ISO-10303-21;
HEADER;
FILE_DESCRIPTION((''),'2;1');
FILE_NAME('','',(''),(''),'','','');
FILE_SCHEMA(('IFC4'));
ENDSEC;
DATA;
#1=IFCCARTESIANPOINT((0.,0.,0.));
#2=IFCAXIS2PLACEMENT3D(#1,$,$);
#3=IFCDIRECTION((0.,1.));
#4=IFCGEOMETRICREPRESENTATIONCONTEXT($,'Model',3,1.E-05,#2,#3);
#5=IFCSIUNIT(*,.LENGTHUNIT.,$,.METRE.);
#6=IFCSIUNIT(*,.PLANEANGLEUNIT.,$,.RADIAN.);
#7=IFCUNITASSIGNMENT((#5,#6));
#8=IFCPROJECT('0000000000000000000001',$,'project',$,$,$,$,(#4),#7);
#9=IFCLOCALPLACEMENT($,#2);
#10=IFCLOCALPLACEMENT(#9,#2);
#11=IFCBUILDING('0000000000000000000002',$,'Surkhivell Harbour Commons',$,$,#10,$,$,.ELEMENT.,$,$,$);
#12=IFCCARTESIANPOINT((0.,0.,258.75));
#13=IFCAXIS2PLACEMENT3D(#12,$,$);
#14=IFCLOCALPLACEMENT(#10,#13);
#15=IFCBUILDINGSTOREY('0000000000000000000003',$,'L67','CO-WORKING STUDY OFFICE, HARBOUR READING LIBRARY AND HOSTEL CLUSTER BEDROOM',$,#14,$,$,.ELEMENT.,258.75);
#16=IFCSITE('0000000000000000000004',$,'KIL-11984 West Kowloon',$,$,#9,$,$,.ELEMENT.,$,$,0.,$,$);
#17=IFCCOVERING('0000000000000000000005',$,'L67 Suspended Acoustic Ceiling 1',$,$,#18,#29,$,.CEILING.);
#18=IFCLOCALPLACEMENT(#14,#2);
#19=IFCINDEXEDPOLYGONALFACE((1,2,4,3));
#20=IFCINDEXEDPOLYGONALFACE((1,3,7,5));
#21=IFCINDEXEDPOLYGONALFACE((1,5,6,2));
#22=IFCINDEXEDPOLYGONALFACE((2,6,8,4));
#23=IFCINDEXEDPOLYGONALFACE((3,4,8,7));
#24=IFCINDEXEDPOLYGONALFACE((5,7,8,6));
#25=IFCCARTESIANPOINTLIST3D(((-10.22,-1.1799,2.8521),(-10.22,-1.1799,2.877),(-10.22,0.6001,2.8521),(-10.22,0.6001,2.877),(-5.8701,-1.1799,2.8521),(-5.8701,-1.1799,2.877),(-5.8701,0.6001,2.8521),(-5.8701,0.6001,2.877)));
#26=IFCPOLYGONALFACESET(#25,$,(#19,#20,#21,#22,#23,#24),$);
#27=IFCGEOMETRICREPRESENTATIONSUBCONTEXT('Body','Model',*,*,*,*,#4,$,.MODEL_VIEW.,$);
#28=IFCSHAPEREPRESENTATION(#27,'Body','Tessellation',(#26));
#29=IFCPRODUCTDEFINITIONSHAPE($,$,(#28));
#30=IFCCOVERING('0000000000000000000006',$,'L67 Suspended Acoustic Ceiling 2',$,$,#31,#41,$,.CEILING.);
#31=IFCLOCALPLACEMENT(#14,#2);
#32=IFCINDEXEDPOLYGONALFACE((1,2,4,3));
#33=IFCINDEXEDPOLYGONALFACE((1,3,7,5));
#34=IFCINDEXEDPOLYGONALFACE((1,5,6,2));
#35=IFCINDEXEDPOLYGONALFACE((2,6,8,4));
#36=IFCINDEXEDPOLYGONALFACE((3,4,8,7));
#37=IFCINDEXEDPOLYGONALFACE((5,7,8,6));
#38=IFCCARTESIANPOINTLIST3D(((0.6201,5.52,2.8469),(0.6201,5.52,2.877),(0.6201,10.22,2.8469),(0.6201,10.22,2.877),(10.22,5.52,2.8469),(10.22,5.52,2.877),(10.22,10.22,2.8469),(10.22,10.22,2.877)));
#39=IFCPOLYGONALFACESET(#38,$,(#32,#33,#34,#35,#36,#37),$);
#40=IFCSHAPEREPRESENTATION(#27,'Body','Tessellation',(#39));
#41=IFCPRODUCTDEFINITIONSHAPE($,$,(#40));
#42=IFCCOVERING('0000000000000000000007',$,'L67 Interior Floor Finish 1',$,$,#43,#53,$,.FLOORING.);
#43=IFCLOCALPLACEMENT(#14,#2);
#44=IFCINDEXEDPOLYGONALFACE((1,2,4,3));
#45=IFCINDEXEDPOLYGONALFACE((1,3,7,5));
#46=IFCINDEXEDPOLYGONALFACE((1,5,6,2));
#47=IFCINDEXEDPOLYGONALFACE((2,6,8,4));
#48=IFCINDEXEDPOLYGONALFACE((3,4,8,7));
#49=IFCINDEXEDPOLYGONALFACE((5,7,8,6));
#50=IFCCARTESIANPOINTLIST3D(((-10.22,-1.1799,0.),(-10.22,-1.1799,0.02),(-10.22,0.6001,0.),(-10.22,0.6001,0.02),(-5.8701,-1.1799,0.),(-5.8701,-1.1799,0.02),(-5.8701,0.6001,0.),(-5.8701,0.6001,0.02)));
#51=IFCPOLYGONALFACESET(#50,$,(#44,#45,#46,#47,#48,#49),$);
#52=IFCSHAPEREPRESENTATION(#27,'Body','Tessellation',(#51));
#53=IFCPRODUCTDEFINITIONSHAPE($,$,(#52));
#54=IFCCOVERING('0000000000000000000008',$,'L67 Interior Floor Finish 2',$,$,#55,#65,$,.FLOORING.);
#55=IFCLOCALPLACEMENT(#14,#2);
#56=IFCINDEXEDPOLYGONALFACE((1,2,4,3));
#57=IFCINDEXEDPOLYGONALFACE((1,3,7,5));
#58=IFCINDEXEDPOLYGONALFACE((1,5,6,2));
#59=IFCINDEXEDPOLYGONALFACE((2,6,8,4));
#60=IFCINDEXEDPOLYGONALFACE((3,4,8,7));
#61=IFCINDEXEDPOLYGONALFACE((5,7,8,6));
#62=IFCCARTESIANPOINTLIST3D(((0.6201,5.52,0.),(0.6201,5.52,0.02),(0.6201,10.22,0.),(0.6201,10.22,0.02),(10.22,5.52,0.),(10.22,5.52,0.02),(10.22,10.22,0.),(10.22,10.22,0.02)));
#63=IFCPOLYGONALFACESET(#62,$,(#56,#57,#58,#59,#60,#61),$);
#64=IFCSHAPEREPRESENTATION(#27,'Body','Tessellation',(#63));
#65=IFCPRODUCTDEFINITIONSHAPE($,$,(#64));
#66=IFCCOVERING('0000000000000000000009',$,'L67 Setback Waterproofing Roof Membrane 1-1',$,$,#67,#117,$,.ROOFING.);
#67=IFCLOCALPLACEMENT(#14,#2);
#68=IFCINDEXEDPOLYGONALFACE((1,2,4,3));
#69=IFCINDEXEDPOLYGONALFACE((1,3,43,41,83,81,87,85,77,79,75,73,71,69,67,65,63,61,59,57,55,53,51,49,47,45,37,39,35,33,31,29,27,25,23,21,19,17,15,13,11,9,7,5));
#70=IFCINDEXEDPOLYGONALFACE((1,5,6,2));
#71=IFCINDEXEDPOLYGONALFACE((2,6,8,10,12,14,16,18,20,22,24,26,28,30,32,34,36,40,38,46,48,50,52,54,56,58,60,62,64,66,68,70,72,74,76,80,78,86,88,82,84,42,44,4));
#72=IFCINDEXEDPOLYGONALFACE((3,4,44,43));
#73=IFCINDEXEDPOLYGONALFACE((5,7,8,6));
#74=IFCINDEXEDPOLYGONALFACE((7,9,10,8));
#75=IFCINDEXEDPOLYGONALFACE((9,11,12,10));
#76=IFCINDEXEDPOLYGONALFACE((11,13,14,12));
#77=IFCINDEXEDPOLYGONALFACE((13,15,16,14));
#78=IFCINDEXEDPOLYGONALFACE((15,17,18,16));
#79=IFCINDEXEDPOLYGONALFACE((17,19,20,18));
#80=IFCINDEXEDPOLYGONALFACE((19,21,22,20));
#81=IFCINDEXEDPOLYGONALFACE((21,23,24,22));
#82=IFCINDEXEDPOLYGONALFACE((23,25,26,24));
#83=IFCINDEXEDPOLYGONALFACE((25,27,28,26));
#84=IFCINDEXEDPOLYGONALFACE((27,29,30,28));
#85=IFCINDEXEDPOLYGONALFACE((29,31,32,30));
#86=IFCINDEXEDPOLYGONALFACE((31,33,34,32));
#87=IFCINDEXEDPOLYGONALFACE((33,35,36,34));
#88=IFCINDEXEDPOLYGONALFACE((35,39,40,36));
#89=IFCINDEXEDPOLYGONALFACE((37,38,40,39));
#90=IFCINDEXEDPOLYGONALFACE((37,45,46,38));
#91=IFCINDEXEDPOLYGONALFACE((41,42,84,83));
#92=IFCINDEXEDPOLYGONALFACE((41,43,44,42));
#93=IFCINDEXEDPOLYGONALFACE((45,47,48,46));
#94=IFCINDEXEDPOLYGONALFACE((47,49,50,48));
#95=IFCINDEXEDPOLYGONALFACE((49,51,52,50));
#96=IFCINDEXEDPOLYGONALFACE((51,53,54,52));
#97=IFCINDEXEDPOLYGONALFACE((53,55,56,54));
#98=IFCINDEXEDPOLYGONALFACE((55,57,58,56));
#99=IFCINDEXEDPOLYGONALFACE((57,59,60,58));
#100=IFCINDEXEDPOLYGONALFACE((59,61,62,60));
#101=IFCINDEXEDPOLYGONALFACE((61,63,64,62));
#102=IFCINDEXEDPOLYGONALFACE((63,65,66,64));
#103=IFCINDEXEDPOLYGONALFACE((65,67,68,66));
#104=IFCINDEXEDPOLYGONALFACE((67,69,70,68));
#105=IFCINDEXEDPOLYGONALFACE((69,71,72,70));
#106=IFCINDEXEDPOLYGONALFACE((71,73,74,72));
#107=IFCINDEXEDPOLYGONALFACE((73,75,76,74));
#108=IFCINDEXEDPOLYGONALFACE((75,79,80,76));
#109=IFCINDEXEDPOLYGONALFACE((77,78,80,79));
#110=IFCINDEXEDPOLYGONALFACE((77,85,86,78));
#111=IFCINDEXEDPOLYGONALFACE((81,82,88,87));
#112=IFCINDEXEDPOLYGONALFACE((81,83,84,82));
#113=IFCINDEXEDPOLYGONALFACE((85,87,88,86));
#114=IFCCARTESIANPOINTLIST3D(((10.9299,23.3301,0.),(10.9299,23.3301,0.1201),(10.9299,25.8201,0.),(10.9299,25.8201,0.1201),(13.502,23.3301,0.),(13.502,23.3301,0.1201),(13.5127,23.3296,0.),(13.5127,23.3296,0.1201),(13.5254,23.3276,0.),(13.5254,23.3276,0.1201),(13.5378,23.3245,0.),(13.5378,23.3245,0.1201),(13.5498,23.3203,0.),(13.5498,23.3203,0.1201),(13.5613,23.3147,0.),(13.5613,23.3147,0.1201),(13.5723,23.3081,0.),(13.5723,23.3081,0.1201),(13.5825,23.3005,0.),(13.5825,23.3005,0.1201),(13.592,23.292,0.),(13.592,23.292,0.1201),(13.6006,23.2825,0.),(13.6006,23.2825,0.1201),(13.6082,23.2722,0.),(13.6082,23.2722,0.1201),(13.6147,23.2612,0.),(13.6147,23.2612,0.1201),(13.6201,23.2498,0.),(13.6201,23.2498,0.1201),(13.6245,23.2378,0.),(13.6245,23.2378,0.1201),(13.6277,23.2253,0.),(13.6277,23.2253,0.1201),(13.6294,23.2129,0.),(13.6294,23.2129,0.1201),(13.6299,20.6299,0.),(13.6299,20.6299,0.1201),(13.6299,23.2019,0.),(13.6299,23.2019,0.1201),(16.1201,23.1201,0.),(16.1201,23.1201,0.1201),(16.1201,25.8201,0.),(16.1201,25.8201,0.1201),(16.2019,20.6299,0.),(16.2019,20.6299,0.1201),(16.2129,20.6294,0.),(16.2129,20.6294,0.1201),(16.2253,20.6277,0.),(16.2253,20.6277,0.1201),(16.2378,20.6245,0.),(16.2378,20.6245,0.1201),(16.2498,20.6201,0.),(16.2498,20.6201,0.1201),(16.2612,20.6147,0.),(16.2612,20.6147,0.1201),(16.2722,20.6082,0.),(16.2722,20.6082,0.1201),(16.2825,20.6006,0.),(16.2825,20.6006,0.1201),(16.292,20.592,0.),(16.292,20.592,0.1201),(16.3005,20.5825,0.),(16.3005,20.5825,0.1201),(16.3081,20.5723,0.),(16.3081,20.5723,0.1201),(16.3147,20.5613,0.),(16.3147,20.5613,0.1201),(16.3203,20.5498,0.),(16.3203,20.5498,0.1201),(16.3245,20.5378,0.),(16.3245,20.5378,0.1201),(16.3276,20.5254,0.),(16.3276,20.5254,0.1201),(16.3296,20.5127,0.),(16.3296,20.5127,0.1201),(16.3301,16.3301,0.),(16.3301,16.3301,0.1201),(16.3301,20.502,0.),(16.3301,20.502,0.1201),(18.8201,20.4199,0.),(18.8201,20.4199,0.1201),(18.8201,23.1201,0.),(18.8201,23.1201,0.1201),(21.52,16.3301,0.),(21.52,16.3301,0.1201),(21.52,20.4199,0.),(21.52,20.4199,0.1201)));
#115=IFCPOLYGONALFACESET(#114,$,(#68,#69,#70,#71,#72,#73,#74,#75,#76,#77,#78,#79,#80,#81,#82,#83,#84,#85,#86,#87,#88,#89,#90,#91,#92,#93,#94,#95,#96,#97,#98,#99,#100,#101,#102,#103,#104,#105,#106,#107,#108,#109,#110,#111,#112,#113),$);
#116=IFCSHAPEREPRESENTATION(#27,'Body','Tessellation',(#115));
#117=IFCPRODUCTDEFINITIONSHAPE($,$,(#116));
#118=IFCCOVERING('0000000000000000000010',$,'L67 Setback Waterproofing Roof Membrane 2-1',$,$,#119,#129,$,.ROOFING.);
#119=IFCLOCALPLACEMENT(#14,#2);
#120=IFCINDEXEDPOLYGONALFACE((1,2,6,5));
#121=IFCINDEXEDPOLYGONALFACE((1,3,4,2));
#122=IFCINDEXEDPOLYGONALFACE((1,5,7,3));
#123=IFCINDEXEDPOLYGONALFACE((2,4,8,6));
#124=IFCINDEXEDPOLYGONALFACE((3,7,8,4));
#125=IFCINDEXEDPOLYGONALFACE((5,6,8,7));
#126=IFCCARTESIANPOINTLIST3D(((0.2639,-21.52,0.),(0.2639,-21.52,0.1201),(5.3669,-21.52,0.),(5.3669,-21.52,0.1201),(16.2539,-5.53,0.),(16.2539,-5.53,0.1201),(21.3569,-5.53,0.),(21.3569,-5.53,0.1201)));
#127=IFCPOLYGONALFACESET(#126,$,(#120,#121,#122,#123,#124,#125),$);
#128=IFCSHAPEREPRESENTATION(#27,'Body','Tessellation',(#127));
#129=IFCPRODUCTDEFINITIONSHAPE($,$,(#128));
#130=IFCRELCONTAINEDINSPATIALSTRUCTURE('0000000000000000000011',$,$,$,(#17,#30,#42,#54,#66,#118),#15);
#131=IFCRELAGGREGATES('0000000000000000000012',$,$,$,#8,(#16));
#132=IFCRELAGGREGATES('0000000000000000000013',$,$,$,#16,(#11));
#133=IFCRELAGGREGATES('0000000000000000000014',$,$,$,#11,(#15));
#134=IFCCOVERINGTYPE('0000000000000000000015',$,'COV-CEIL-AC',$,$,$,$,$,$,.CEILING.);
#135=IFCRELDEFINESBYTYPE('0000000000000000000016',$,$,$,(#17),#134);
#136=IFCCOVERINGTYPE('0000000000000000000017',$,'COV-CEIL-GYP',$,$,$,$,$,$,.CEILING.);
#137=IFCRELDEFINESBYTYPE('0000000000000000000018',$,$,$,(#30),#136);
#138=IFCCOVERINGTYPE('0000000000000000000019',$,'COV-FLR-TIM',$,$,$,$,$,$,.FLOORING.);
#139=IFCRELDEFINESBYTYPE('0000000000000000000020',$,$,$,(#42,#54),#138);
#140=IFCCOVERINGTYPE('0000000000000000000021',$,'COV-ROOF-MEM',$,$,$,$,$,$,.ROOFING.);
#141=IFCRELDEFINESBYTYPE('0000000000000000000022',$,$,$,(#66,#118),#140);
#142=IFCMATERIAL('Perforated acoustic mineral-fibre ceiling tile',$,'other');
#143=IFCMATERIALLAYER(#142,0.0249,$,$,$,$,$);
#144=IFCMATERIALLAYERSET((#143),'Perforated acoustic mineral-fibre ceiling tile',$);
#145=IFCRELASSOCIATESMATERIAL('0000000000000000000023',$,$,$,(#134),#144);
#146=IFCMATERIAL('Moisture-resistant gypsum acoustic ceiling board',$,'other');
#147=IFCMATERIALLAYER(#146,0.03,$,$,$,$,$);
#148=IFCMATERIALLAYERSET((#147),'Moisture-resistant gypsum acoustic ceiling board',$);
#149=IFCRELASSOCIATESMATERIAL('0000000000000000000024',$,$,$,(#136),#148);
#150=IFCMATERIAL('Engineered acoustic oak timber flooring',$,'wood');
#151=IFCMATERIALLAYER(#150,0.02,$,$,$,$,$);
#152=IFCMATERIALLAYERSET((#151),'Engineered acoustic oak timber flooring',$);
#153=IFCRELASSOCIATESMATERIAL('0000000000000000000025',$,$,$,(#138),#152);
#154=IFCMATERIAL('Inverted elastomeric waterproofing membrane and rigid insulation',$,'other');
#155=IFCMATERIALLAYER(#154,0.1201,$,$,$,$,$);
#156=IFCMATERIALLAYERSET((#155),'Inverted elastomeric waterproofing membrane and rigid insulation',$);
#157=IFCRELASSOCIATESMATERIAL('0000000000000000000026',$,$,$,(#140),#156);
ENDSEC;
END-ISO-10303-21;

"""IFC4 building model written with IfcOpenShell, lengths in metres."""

from ifc_helpers import new_model, si_unit, direction, frame, origin, place, context, subcontext, project, spatial, polyline, outline, extrude, material, layer, layer_set, type_object, element, save


model = new_model("IFC4")

# Units and contexts
model_context = context("Model", 3, precision=1e-05, world=origin(), true_north=direction((0.0, 1.0)))
body_context = subcontext(model_context, "Body", "Model", "MODEL_VIEW")
ifc_project = project(units=[si_unit("LENGTHUNIT", "METRE"), si_unit("PLANEANGLEUNIT", "RADIAN")], contexts=[model_context])

# Site, building, storey
site_placement = place(None, origin())
site = spatial("IfcSite", under=ifc_project, at=site_placement, Name="KIL-11984 West Kowloon", CompositionType="ELEMENT", RefElevation=0.0)
building_placement = place(site_placement, origin())
building = spatial("IfcBuilding", under=site, at=building_placement, Name="Surkhivell Harbour Commons", CompositionType="ELEMENT")
storey_placement = place(building_placement, frame((0.0, 0.0, 258.75)))
storey = spatial("IfcBuildingStorey", under=building, at=storey_placement, Name="L67", Description="CO-WORKING STUDY OFFICE, HARBOUR READING LIBRARY AND HOSTEL CLUSTER BEDROOM", CompositionType="ELEMENT", Elevation=258.75)

# Coverings
ifc_material_1 = material(Name="Perforated acoustic mineral-fibre ceiling tile", Category="other")
ifc_layer_1 = layer(ifc_material_1, 0.0249)
ifc_layer_set_1 = layer_set([ifc_layer_1], Name="Perforated acoustic mineral-fibre ceiling tile")
covering_type_1 = type_object("IfcCoveringType", Name="COV-CEIL-AC", PredefinedType="CEILING", material=ifc_layer_set_1)
covering_1_placement = place(storey_placement, frame((0.0, 0.0, 2.8521)))
element("IfcCovering", 1, at=covering_1_placement, inside=storey, type_object=covering_type_1, Name="L67 Suspended Acoustic Ceiling 1", PredefinedType="CEILING", context=body_context, shape_type="SweptSolid", body=[
    extrude(outline(polyline([(-10.22, -1.1799), (-5.8701, -1.1799), (-5.8701, 0.6001), (-10.22, 0.6001), (-10.22, -1.1799)])), origin(), (0.0, 0.0, 1.0), 0.0249),
])
ifc_material_2 = material(Name="Moisture-resistant gypsum acoustic ceiling board", Category="other")
ifc_layer_2 = layer(ifc_material_2, 0.03)
ifc_layer_set_2 = layer_set([ifc_layer_2], Name="Moisture-resistant gypsum acoustic ceiling board")
covering_type_2 = type_object("IfcCoveringType", Name="COV-CEIL-GYP", PredefinedType="CEILING", material=ifc_layer_set_2)
covering_2_placement = place(storey_placement, frame((0.0, 0.0, 2.8469)))
element("IfcCovering", 2, at=covering_2_placement, inside=storey, type_object=covering_type_2, Name="L67 Suspended Acoustic Ceiling 2", PredefinedType="CEILING", context=body_context, shape_type="SweptSolid", body=[
    extrude(outline(polyline([(0.6201, 5.52), (10.22, 5.52), (10.22, 10.22), (0.6201, 10.22), (0.6201, 5.52)])), origin(), (0.0, 0.0, 1.0), 0.03),
])
ifc_material_3 = material(Name="Engineered acoustic oak timber flooring", Category="wood")
ifc_layer_3 = layer(ifc_material_3, 0.02)
ifc_layer_set_3 = layer_set([ifc_layer_3], Name="Engineered acoustic oak timber flooring")
covering_type_3 = type_object("IfcCoveringType", Name="COV-FLR-TIM", PredefinedType="FLOORING", material=ifc_layer_set_3)
covering_3_placement = place(storey_placement, origin())
element("IfcCovering", 3, at=covering_3_placement, inside=storey, type_object=covering_type_3, Name="L67 Interior Floor Finish 1", PredefinedType="FLOORING", context=body_context, shape_type="SweptSolid", body=[
    extrude(outline(polyline([(-10.22, -1.1799), (-5.8701, -1.1799), (-5.8701, 0.6001), (-10.22, 0.6001), (-10.22, -1.1799)])), origin(), (0.0, 0.0, 1.0), 0.02),
])
covering_4_placement = place(storey_placement, origin())
element("IfcCovering", 4, at=covering_4_placement, inside=storey, type_object=covering_type_3, Name="L67 Interior Floor Finish 2", PredefinedType="FLOORING", context=body_context, shape_type="SweptSolid", body=[
    extrude(outline(polyline([(0.6201, 5.52), (10.22, 5.52), (10.22, 10.22), (0.6201, 10.22), (0.6201, 5.52)])), origin(), (0.0, 0.0, 1.0), 0.02),
])
ifc_material_4 = material(Name="Inverted elastomeric waterproofing membrane and rigid insulation", Category="other")
ifc_layer_4 = layer(ifc_material_4, 0.1201)
ifc_layer_set_4 = layer_set([ifc_layer_4], Name="Inverted elastomeric waterproofing membrane and rigid insulation")
covering_type_4 = type_object("IfcCoveringType", Name="COV-ROOF-MEM", PredefinedType="ROOFING", material=ifc_layer_set_4)
covering_5_placement = place(storey_placement, origin())
element("IfcCovering", 5, at=covering_5_placement, inside=storey, type_object=covering_type_4, Name="L67 Setback Waterproofing Roof Membrane 1-1", PredefinedType="ROOFING", context=body_context, shape_type="SweptSolid", body=[
    extrude(outline(polyline([(16.1201, 25.8201), (10.9299, 25.8201), (10.9299, 23.3301), (13.502, 23.3301), (13.5127, 23.3296), (13.5254, 23.3276), (13.5378, 23.3245), (13.5498, 23.3203), (13.5613, 23.3147), (13.5723, 23.3081), (13.5825, 23.3005), (13.592, 23.292), (13.6006, 23.2825), (13.6082, 23.2722), (13.6147, 23.2612), (13.6201, 23.2498), (13.6245, 23.2378), (13.6277, 23.2253), (13.6294, 23.2129), (13.6299, 23.2019), (13.6299, 20.6299), (16.2019, 20.6299), (16.2129, 20.6294), (16.2253, 20.6277), (16.2378, 20.6245), (16.2498, 20.6201), (16.2612, 20.6147), (16.2722, 20.6082), (16.2825, 20.6006), (16.292, 20.592), (16.3005, 20.5825), (16.3081, 20.5723), (16.3147, 20.5613), (16.3203, 20.5498), (16.3245, 20.5378), (16.3276, 20.5254), (16.3296, 20.5127), (16.3301, 20.502), (16.3301, 16.3301), (21.52, 16.3301), (21.52, 20.4199), (18.8201, 20.4199), (18.8201, 23.1201), (16.1201, 23.1201), (16.1201, 25.8201)])), origin(), (0.0, 0.0, 1.0), 0.1201),
])
covering_6_placement = place(storey_placement, origin())
element("IfcCovering", 6, at=covering_6_placement, inside=storey, type_object=covering_type_4, Name="L67 Setback Waterproofing Roof Membrane 2-1", PredefinedType="ROOFING", context=body_context, shape_type="SweptSolid", body=[
    extrude(outline(polyline([(21.3569, -5.53), (16.2539, -5.53), (0.2639, -21.52), (5.3669, -21.52), (21.3569, -5.53)])), origin(), (0.0, 0.0, 1.0), 0.1201),
])

save(model, "model.ifc")
